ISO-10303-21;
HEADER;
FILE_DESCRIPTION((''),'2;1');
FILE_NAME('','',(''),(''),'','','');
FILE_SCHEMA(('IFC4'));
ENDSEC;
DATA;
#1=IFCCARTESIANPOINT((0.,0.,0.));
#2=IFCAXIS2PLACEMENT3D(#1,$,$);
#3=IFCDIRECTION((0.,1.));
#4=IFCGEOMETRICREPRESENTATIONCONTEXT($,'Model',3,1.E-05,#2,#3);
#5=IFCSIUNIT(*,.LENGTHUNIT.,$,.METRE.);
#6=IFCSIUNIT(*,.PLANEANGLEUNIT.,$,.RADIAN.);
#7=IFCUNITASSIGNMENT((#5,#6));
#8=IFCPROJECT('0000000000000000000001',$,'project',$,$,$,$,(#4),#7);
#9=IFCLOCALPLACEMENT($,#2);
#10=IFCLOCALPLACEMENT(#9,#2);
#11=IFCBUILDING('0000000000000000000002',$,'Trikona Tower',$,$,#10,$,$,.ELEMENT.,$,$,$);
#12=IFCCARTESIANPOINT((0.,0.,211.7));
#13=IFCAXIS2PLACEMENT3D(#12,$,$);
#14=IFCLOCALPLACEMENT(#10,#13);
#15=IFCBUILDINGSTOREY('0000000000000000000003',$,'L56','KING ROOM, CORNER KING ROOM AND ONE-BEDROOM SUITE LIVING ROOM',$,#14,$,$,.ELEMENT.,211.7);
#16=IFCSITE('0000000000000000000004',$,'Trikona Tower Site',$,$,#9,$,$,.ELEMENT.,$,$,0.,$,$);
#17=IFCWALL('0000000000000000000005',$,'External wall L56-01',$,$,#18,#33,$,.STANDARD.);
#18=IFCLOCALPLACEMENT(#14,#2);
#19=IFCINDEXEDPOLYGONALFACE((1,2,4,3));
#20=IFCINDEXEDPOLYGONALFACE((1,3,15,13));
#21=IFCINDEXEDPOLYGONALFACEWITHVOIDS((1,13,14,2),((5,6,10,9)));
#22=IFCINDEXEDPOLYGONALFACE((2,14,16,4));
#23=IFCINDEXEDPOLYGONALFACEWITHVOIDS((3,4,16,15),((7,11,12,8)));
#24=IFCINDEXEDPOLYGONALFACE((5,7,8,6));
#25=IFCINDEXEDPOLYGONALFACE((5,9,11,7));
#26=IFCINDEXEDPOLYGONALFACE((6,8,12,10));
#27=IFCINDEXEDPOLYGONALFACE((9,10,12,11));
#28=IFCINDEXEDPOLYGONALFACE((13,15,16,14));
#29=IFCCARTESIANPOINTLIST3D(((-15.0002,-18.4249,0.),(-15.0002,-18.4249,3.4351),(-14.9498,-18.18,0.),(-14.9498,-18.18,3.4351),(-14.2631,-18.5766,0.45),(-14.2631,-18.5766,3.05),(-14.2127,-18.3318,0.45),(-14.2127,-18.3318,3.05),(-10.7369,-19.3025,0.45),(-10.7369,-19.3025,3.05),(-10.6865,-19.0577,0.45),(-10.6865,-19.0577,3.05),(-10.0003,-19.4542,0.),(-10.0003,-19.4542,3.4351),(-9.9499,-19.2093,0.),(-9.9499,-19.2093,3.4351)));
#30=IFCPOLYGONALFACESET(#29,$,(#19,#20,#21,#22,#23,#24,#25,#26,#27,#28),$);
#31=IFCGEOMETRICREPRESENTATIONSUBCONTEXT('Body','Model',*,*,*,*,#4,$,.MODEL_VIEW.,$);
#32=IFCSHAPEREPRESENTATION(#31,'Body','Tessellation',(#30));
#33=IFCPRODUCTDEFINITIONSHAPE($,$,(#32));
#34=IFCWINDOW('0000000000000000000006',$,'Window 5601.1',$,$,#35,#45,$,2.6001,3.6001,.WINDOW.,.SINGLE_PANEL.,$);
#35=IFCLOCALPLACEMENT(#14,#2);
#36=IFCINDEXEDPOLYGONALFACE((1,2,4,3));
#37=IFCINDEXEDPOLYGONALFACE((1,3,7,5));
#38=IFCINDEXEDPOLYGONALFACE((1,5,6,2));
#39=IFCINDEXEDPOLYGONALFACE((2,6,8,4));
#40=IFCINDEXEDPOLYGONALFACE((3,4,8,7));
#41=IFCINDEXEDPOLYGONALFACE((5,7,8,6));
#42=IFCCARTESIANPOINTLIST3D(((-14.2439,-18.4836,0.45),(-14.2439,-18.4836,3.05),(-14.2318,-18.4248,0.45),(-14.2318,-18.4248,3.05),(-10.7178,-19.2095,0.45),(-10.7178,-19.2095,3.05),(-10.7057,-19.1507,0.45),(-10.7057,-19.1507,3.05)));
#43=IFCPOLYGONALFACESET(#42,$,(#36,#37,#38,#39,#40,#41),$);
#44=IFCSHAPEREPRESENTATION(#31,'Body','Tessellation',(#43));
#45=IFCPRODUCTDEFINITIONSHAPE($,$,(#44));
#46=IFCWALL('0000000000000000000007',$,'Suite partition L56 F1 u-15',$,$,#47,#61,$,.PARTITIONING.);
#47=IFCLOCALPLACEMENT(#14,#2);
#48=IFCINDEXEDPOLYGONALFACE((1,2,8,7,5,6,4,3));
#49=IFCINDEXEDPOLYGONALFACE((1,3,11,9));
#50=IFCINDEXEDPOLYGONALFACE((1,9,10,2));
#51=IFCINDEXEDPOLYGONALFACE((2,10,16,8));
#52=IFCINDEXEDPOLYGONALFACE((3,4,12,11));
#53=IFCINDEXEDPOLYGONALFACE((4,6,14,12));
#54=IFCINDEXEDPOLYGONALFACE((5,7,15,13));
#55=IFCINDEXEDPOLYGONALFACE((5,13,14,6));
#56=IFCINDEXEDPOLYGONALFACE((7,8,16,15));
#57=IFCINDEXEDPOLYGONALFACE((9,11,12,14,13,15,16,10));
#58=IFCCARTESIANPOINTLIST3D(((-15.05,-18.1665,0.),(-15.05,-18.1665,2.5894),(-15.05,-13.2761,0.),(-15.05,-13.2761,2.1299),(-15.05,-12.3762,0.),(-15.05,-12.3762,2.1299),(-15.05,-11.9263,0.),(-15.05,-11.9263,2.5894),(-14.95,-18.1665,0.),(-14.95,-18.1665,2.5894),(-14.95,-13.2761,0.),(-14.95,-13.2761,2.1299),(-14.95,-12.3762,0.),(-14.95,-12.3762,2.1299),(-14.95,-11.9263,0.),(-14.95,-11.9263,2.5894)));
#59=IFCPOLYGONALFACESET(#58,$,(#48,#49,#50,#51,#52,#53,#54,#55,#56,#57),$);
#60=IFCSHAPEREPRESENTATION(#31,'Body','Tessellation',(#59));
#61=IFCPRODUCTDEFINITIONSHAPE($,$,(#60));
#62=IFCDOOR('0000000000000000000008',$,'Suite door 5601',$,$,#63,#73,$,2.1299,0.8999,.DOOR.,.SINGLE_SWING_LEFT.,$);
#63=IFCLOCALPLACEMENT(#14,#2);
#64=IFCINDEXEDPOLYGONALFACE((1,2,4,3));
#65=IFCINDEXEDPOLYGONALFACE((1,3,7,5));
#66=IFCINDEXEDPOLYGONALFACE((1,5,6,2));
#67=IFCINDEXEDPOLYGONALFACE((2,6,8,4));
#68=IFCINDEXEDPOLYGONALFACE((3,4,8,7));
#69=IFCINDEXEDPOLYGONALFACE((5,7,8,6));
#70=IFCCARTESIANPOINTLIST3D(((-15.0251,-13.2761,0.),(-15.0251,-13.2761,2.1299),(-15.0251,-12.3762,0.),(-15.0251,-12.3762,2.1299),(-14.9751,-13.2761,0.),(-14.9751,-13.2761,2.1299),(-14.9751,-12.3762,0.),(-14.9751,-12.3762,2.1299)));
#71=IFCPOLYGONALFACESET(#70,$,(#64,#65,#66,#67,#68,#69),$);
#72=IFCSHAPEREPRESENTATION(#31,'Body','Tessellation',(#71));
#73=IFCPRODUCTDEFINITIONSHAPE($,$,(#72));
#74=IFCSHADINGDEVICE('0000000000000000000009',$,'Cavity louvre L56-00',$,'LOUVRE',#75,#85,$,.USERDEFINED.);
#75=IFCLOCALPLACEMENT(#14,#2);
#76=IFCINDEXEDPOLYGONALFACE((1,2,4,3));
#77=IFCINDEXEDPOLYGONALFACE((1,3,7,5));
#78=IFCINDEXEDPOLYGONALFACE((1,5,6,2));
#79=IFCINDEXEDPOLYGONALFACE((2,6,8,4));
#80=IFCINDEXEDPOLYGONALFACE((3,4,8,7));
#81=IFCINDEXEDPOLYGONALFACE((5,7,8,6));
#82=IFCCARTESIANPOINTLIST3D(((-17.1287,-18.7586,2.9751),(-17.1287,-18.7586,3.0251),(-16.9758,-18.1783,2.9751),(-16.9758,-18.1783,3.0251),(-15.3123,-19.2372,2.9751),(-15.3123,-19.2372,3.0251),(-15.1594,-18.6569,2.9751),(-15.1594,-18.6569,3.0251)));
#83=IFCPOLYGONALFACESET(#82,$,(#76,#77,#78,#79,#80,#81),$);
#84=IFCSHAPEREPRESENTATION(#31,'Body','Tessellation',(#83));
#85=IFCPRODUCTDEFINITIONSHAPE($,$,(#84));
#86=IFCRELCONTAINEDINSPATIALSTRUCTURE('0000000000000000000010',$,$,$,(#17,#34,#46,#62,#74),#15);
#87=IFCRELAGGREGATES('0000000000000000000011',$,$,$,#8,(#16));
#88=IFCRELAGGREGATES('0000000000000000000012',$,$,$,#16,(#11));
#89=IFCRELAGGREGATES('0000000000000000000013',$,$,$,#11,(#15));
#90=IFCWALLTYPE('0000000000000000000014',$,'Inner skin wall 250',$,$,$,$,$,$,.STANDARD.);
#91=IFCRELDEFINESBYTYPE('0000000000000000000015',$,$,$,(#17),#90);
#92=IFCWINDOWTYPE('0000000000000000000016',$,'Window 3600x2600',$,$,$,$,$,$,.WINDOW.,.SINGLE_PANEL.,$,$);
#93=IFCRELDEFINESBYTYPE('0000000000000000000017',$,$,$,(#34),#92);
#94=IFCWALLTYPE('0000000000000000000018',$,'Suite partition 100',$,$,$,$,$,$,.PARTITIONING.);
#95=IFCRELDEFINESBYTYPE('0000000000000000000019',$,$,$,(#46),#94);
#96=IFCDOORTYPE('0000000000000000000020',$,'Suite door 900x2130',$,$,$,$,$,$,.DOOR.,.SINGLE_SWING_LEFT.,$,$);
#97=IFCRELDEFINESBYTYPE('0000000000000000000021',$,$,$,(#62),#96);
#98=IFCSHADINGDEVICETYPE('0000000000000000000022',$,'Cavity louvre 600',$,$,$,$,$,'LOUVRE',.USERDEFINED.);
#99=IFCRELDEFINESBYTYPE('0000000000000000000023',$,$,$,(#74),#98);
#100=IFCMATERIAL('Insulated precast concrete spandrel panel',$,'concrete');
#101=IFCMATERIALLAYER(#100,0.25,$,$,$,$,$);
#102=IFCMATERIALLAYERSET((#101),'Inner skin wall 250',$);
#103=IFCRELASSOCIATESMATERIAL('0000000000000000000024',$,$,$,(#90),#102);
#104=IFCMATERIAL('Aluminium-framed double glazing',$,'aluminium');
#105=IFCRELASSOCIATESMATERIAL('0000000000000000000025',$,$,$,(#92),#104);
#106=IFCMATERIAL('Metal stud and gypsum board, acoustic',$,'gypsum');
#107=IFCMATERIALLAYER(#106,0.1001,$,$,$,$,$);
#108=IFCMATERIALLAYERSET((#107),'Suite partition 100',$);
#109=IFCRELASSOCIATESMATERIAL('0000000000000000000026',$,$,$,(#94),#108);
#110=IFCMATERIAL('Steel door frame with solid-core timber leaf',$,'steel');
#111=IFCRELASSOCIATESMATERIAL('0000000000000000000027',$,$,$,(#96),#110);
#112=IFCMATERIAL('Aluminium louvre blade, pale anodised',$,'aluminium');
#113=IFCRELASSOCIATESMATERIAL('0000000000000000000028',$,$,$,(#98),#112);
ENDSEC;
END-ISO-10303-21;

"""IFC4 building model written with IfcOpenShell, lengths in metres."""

from ifc_helpers import new_model, si_unit, direction, frame, frame_2d, origin, origin_2d, place, context, subcontext, project, spatial, rectangle, extrude, material, layer, layer_set, type_object, element, fill, save


model = new_model("IFC4")

# Units and contexts
model_context = context("Model", 3, precision=1e-05, world=origin(), true_north=direction((0.0, 1.0)))
body_context = subcontext(model_context, "Body", "Model", "MODEL_VIEW")
ifc_project = project(units=[si_unit("LENGTHUNIT", "METRE"), si_unit("PLANEANGLEUNIT", "RADIAN")], contexts=[model_context])

# Site, building, storey
site_placement = place(None, origin())
site = spatial("IfcSite", under=ifc_project, at=site_placement, Name="Trikona Tower Site", CompositionType="ELEMENT", RefElevation=0.0)
building_placement = place(site_placement, origin())
building = spatial("IfcBuilding", under=site, at=building_placement, Name="Trikona Tower", CompositionType="ELEMENT")
storey_placement = place(building_placement, frame((0.0, 0.0, 211.7)))
storey = spatial("IfcBuildingStorey", under=building, at=storey_placement, Name="L56", Description="KING ROOM, CORNER KING ROOM AND ONE-BEDROOM SUITE LIVING ROOM", CompositionType="ELEMENT", Elevation=211.7)

# Wall, opening, window
ifc_material_1 = material(Name="Insulated precast concrete spandrel panel", Category="concrete")
ifc_layer_1 = layer(ifc_material_1, 0.25)
ifc_layer_set_1 = layer_set([ifc_layer_1], Name="Inner skin wall 250")
wall_type_1 = type_object("IfcWallType", Name="Inner skin wall 250", PredefinedType="STANDARD", material=ifc_layer_set_1)
wall_1_placement = place(storey_placement, frame((-14.9749, -18.3025, 0.0), z_axis=(0.0, 0.0, 1.0), x_axis=(0.979461, -0.201631, 0.0)))
wall_1 = element("IfcWall", 1, at=wall_1_placement, inside=storey, type_object=wall_type_1, Name="External wall L56-01", PredefinedType="STANDARD", context=body_context, shape_type="SweptSolid", body=[
    extrude(rectangle(XDim=5.1047, YDim=0.25, at=frame_2d((2.5522, 0.0))), origin(), (0.0, 0.0, 1.0), 3.4351),
])
opening_1_placement = place(wall_1_placement, frame((0.7524, 0.0, 0.45)))
opening_1 = element("IfcOpeningElement", 2, at=opening_1_placement, cuts=wall_1, PredefinedType="OPENING", context=body_context, shape_type="SweptSolid", body=[
    extrude(rectangle(XDim=3.6001, YDim=2.6001, at=frame_2d((1.8, 1.3))), frame((0.0, 0.135, 0.0), z_axis=(0.0, -1.0, 0.0), x_axis=(1.0, 0.0, 0.0)), (0.0, 0.0, 1.0), 0.27),
])
ifc_material_2 = material(Name="Aluminium-framed double glazing", Category="aluminium")
window_type = type_object("IfcWindowType", Name="Window 3600x2600", PartitioningType="SINGLE_PANEL", PredefinedType="WINDOW", material=ifc_material_2)
window_placement = place(opening_1_placement, origin())
window = element("IfcWindow", 3, at=window_placement, inside=storey, type_object=window_type, Name="Window 5601.1", OverallHeight=2.6001, OverallWidth=3.6001, PartitioningType="SINGLE_PANEL", PredefinedType="WINDOW", context=body_context, shape_type="SweptSolid", body=[
    extrude(rectangle(XDim=3.6001, YDim=2.6001, at=frame_2d((1.8, 1.3))), frame((0.0, 0.03, 0.0), z_axis=(0.0, -1.0, 0.0), x_axis=(1.0, 0.0, 0.0)), (0.0, 0.0, 1.0), 0.0601),
])
fill(opening_1, window)

# Wall, opening, door
ifc_material_3 = material(Name="Metal stud and gypsum board, acoustic", Category="gypsum")
ifc_layer_2 = layer(ifc_material_3, 0.1001)
ifc_layer_set_2 = layer_set([ifc_layer_2], Name="Suite partition 100")
wall_type_2 = type_object("IfcWallType", Name="Suite partition 100", PredefinedType="PARTITIONING", material=ifc_layer_set_2)
wall_2_placement = place(storey_placement, frame((-15.0, -11.9263, 0.0), z_axis=(0.0, 0.0, 1.0), x_axis=(0.0, -1.0, 0.0)))
wall_2 = element("IfcWall", 4, at=wall_2_placement, inside=storey, type_object=wall_type_2, Name="Suite partition L56 F1 u-15", PredefinedType="PARTITIONING", context=body_context, shape_type="SweptSolid", body=[
    extrude(rectangle(XDim=6.2402, YDim=0.1001, at=frame_2d((3.1201, 0.0))), origin(), (0.0, 0.0, 1.0), 2.5894),
])
opening_2_placement = place(wall_2_placement, frame((0.45, 0.0, 0.0)))
opening_2 = element("IfcOpeningElement", 5, at=opening_2_placement, cuts=wall_2, PredefinedType="OPENING", context=body_context, shape_type="SweptSolid", body=[
    extrude(rectangle(XDim=0.8999, YDim=2.1299, at=frame_2d((0.45, 1.0649))), frame((0.0, 0.0601, 0.0), z_axis=(0.0, -1.0, 0.0), x_axis=(1.0, 0.0, 0.0)), (0.0, 0.0, 1.0), 0.1201),
])
ifc_material_4 = material(Name="Steel door frame with solid-core timber leaf", Category="steel")
door_type = type_object("IfcDoorType", Name="Suite door 900x2130", OperationType="SINGLE_SWING_LEFT", PredefinedType="DOOR", material=ifc_material_4)
door_placement = place(opening_2_placement, origin())
door = element("IfcDoor", 6, at=door_placement, inside=storey, type_object=door_type, Name="Suite door 5601", OperationType="SINGLE_SWING_LEFT", OverallHeight=2.1299, OverallWidth=0.8999, PredefinedType="DOOR", context=body_context, shape_type="SweptSolid", body=[
    extrude(rectangle(XDim=0.8999, YDim=2.1299, at=frame_2d((0.45, 1.0649))), frame((0.0, 0.0249, 0.0), z_axis=(0.0, -1.0, 0.0), x_axis=(1.0, 0.0, 0.0)), (0.0, 0.0, 1.0), 0.05),
])
fill(opening_2, door)

# Shading device
ifc_material_5 = material(Name="Aluminium louvre blade, pale anodised", Category="aluminium")
shading_device_type = type_object("IfcShadingDeviceType", Name="Cavity louvre 600", ElementType="LOUVRE", PredefinedType="USERDEFINED", material=ifc_material_5)
shading_device_placement = place(storey_placement, frame((-16.144, -18.7078, 2.9751), z_axis=(0.0, 0.0, 1.0), x_axis=(0.966993, -0.254803, 0.0)))
element("IfcShadingDevice", 7, at=shading_device_placement, inside=storey, type_object=shading_device_type, Name="Cavity louvre L56-00", ObjectType="LOUVRE", PredefinedType="USERDEFINED", context=body_context, shape_type="SweptSolid", body=[
    extrude(rectangle(XDim=1.8784, YDim=0.6001, at=origin_2d()), origin(), (0.0, 0.0, 1.0), 0.05),
])

save(model, "model.ifc")
